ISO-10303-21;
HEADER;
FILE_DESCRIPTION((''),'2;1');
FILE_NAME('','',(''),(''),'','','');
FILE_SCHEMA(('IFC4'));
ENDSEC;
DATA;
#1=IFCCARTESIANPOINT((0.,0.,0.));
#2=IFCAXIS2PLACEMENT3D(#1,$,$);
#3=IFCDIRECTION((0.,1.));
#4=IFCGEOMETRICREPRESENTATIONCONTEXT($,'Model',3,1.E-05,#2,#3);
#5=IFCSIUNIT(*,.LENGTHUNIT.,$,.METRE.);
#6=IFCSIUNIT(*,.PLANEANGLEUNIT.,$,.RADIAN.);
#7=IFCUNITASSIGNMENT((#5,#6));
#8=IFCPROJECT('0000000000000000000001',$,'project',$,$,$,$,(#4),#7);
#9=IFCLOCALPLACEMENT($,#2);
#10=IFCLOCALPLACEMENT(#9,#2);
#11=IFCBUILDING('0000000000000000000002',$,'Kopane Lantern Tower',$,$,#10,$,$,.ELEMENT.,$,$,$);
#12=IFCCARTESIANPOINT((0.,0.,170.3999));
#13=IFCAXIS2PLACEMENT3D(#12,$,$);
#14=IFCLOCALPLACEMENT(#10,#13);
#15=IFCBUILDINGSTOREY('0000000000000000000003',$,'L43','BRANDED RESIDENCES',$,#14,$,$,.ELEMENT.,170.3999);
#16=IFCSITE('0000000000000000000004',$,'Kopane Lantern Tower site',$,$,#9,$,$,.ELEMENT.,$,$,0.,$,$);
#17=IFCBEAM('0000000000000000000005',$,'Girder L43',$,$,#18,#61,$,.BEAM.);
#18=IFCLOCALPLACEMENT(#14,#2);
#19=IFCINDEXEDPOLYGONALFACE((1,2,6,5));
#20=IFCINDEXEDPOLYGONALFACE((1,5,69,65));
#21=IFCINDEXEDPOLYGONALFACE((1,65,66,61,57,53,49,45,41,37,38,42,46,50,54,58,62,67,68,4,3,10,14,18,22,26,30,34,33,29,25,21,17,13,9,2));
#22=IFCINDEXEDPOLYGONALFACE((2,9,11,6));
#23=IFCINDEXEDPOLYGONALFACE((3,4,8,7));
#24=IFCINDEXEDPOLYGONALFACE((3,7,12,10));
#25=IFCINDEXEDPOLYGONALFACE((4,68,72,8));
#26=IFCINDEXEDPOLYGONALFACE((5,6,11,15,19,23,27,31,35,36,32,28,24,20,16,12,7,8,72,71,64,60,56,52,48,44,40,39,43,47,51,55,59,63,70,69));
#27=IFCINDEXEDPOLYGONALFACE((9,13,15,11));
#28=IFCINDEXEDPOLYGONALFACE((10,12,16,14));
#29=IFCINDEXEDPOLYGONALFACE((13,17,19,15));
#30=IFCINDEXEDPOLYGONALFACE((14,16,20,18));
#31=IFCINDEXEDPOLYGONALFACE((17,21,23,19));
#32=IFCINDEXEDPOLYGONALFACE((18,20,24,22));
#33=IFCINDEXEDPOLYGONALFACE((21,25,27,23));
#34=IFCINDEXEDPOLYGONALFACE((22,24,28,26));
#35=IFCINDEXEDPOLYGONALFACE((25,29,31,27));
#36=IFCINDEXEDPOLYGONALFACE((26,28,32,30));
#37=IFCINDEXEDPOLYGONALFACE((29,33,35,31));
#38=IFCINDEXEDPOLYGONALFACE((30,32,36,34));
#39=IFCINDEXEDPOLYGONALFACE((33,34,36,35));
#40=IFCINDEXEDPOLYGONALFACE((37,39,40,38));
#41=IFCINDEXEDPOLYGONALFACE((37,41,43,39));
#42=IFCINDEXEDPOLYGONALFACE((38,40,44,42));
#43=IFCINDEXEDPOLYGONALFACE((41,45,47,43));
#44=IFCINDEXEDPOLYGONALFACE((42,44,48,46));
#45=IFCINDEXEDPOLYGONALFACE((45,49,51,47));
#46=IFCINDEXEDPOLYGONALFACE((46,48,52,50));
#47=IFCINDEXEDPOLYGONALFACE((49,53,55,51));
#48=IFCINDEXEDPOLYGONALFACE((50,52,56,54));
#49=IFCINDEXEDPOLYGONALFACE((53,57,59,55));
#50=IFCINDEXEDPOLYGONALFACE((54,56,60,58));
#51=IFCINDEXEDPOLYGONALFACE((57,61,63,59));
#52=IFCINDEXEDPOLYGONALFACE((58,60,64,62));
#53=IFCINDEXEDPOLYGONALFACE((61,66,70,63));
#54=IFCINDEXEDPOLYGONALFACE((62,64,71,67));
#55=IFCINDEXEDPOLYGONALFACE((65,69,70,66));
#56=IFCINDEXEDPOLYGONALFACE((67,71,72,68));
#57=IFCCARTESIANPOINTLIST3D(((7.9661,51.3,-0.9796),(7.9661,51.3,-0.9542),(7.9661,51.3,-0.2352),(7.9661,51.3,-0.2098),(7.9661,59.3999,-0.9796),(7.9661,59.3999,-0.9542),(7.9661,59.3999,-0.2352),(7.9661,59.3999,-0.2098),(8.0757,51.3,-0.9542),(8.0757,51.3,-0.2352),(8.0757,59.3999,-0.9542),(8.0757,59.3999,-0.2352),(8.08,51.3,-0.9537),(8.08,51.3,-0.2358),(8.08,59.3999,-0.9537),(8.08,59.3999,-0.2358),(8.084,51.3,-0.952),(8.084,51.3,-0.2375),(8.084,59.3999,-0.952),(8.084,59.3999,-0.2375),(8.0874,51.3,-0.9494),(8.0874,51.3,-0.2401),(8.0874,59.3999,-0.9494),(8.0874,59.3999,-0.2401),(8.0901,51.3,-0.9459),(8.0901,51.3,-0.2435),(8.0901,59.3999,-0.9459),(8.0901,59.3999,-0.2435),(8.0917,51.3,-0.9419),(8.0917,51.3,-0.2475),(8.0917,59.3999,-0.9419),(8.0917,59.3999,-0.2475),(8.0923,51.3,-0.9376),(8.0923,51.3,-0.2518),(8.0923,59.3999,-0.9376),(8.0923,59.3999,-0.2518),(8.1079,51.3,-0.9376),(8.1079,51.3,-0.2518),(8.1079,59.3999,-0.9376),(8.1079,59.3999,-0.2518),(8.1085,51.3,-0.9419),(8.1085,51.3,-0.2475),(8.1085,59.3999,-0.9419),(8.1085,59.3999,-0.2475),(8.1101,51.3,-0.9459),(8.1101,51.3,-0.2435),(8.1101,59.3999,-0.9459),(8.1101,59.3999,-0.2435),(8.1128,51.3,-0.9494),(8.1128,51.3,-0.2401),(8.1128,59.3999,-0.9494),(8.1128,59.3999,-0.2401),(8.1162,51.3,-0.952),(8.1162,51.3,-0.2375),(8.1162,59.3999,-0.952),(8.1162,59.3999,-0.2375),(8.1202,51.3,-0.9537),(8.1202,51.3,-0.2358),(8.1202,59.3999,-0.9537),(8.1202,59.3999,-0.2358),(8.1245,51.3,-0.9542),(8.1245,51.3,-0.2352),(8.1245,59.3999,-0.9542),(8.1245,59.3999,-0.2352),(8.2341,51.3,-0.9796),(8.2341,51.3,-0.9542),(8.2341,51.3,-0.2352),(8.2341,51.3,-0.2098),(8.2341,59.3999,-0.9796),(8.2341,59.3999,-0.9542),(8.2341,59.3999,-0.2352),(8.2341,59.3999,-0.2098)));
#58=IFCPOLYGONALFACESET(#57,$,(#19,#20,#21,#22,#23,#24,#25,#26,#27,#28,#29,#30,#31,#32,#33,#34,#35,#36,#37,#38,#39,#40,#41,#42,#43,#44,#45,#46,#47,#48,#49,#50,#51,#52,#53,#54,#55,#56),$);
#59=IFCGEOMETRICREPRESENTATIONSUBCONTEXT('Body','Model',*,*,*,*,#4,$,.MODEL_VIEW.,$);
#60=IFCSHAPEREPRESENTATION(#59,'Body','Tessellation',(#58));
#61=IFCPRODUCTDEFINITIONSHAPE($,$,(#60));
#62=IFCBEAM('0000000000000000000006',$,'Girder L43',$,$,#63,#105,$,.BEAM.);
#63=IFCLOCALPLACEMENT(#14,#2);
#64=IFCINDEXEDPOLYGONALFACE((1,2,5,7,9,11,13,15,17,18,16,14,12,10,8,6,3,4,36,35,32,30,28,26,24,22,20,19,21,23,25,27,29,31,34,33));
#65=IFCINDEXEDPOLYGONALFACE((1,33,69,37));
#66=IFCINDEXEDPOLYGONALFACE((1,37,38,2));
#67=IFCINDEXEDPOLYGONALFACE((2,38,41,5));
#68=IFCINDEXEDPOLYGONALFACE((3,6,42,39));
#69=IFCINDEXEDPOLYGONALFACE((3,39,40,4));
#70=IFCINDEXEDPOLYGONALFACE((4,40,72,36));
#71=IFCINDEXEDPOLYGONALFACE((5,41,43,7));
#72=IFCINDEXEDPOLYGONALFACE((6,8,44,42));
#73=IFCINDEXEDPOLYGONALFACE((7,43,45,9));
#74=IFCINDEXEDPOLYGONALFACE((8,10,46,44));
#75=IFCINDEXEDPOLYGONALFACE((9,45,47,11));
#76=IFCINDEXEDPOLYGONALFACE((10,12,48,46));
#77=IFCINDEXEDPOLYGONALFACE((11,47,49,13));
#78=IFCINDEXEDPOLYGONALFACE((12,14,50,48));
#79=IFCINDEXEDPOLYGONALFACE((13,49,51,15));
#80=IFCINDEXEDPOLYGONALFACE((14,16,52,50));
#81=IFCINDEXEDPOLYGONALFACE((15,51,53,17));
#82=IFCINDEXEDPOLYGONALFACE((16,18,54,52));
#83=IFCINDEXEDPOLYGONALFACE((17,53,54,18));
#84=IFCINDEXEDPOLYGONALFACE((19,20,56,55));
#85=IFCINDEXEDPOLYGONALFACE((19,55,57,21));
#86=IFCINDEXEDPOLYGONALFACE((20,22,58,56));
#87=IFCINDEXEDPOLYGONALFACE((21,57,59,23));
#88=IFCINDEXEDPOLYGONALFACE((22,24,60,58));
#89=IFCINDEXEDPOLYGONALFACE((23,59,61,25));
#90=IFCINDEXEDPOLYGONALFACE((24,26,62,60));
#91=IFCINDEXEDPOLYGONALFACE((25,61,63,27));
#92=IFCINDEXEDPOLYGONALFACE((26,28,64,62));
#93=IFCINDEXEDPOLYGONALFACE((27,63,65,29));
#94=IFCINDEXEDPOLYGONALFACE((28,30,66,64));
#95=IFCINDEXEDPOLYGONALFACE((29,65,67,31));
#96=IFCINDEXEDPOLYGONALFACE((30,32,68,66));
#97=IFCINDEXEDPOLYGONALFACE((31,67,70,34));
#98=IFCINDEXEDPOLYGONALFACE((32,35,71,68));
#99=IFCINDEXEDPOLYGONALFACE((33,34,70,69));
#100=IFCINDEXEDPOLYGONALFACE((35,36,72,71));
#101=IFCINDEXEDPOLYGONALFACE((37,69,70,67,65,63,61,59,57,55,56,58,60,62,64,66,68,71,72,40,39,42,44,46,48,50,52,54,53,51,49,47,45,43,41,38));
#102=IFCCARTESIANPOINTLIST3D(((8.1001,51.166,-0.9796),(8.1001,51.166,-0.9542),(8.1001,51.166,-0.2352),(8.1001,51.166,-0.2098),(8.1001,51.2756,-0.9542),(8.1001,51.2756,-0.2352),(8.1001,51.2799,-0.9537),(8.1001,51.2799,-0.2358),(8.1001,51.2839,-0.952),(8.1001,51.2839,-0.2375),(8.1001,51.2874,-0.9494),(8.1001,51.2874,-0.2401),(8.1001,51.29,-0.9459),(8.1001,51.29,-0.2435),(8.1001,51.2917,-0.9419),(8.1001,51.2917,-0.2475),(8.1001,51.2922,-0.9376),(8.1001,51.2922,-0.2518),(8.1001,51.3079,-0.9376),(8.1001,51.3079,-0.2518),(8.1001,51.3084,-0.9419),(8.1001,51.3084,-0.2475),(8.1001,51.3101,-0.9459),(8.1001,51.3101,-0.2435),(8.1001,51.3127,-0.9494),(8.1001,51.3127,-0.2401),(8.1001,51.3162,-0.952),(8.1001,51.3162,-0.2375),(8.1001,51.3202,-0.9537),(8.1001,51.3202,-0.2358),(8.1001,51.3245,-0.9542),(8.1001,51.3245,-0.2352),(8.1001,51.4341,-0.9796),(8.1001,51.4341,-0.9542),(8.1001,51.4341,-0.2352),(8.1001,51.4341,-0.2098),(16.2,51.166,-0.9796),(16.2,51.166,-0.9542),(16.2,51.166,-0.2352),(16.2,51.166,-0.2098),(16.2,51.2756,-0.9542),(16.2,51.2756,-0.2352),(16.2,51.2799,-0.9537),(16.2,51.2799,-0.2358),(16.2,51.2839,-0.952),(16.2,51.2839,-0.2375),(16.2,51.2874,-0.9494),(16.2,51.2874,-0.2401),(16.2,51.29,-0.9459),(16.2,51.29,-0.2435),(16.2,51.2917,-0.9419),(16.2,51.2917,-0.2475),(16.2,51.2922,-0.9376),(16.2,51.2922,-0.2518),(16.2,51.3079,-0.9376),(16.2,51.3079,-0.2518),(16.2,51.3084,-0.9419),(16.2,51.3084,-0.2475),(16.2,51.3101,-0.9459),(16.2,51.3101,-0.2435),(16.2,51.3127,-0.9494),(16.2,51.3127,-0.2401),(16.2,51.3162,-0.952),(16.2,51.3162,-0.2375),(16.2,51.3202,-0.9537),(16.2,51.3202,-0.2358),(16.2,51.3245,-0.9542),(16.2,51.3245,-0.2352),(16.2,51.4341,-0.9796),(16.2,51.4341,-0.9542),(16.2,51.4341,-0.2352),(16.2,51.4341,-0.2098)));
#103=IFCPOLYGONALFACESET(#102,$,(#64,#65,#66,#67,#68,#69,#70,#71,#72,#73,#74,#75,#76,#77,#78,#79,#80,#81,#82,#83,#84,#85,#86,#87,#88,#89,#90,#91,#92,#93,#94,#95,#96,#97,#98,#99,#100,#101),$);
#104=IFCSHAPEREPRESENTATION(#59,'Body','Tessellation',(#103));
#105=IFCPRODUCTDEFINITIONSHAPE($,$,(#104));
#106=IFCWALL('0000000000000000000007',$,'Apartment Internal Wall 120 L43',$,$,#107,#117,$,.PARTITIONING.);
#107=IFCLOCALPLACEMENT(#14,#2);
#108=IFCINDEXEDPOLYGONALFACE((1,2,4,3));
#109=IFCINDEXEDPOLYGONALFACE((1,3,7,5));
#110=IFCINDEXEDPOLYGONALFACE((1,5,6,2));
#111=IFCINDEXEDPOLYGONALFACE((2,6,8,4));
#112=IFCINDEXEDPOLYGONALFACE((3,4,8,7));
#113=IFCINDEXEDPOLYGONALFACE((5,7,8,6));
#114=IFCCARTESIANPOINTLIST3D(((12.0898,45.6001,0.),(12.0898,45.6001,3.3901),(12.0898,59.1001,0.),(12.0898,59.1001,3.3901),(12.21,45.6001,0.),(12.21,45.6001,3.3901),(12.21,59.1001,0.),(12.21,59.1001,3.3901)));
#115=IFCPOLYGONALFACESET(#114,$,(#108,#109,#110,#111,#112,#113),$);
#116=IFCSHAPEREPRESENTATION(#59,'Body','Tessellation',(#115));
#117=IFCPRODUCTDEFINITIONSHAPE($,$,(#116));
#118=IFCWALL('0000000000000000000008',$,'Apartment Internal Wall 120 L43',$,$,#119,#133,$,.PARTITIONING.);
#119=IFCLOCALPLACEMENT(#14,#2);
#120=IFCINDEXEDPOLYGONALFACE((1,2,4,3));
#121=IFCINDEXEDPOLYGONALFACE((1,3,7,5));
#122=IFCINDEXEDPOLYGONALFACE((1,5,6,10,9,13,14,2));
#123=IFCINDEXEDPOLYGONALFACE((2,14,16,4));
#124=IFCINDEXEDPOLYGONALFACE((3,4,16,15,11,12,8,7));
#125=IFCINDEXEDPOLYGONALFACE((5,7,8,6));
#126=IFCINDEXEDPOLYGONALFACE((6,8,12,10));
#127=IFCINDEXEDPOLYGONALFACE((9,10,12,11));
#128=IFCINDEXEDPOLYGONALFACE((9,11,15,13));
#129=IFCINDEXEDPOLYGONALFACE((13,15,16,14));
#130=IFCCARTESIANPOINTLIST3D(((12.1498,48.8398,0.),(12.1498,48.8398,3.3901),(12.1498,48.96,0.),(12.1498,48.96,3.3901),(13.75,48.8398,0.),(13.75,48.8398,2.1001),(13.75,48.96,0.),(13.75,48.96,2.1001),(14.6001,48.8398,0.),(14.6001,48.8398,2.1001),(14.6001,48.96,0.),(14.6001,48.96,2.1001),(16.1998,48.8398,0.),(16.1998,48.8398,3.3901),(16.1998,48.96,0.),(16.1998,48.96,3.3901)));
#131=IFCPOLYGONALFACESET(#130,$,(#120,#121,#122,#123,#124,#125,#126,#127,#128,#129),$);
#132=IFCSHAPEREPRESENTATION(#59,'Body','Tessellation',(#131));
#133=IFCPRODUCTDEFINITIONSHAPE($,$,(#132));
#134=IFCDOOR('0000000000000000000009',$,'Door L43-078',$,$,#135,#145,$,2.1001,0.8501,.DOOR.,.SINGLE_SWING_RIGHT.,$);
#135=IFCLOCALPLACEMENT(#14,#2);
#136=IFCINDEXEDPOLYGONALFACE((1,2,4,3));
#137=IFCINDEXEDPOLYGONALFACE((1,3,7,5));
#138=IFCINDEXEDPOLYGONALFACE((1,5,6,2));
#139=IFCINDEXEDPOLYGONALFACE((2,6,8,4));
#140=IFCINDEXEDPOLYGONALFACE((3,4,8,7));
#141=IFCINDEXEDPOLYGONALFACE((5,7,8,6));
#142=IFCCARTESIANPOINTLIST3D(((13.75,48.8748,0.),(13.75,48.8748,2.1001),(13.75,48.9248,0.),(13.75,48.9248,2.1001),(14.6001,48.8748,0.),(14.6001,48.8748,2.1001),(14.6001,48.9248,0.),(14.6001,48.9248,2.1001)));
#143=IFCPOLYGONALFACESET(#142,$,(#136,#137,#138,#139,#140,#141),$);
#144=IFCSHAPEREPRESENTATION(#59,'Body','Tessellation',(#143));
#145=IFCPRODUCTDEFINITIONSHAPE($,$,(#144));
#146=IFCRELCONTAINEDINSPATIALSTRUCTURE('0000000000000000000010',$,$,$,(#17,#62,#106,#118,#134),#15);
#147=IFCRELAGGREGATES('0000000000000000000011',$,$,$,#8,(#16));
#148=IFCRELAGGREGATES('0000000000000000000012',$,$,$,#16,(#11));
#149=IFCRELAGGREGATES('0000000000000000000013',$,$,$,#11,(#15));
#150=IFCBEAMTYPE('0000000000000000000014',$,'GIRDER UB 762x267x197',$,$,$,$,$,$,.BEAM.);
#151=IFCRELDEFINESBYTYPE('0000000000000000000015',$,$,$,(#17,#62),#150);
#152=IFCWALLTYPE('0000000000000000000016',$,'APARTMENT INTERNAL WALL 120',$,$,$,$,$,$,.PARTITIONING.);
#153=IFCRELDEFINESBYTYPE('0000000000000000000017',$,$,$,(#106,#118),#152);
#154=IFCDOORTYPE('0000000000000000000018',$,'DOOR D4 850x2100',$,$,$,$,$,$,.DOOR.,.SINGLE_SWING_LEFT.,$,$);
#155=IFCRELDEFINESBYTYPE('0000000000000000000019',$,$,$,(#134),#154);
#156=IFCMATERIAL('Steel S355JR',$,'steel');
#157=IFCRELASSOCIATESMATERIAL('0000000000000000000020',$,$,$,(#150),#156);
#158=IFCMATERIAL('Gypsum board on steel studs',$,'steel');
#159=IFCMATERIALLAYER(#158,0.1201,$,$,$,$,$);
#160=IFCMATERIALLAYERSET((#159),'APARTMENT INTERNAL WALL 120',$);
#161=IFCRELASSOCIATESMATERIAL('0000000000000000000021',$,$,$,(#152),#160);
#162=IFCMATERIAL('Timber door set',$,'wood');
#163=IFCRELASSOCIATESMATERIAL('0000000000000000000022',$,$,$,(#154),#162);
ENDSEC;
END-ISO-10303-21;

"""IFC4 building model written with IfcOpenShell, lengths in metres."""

from ifc_helpers import new_model, si_unit, direction, frame, frame_2d, origin, origin_2d, place, context, subcontext, project, spatial, rectangle, i_section, extrude, material, layer, layer_set, material_profile, profile_set, type_object, element, fill, save


model = new_model("IFC4")

# Units and contexts
model_context = context("Model", 3, precision=1e-05, world=origin(), true_north=direction((0.0, 1.0)))
body_context = subcontext(model_context, "Body", "Model", "MODEL_VIEW")
ifc_project = project(units=[si_unit("LENGTHUNIT", "METRE"), si_unit("PLANEANGLEUNIT", "RADIAN")], contexts=[model_context])

# Site, building, storey
site_placement = place(None, origin())
site = spatial("IfcSite", under=ifc_project, at=site_placement, Name="Kopane Lantern Tower site", CompositionType="ELEMENT", RefElevation=0.0)
building_placement = place(site_placement, origin())
building = spatial("IfcBuilding", under=site, at=building_placement, Name="Kopane Lantern Tower", CompositionType="ELEMENT")
storey_placement = place(building_placement, frame((0.0, 0.0, 170.3999)))
storey = spatial("IfcBuildingStorey", under=building, at=storey_placement, Name="L43", Description="BRANDED RESIDENCES", CompositionType="ELEMENT", Elevation=170.3999)

# Beams
ifc_material_1 = material(Name="Steel S355JR", Category="steel")
ifc_material_profile = material_profile(ifc_material_1, i_section(OverallWidth=0.2681, OverallDepth=0.7698, WebThickness=0.0156, FlangeThickness=0.0254, FilletRadius=0.0166, at=origin_2d()), Name="UB 762x267x197")
ifc_profile_set = profile_set([ifc_material_profile], Name="Steel S355JR")
beam_type = type_object("IfcBeamType", Name="GIRDER UB 762x267x197", PredefinedType="BEAM", material=ifc_profile_set)
for number, where, z_axis, x_axis, name in (
    (1, (8.1001, 51.3, -0.5947), (0.0, 1.0, 0.0), (-1.0, 0.0, 0.0), "Girder L43"),
    (2, (8.1001, 51.3, -0.5947), (1.0, 0.0, 0.0), (0.0, 1.0, 0.0), "Girder L43"),
):
    element("IfcBeam", number, at=place(storey_placement, frame(where, z_axis=z_axis, x_axis=x_axis)), inside=storey, type_object=beam_type, Name=name, PredefinedType="BEAM", context=body_context, shape_type="SweptSolid", body=[
        extrude(i_section(OverallWidth=0.2681, OverallDepth=0.7698, WebThickness=0.0156, FlangeThickness=0.0254, FilletRadius=0.0166, at=origin_2d()), origin(), (0.0, 0.0, 1.0), 8.0999),
    ])

# Shared definitions
ifc_material_2 = material(Name="Gypsum board on steel studs", Category="steel")
ifc_layer_1 = layer(ifc_material_2, 0.1201)
ifc_layer_set_1 = layer_set([ifc_layer_1], Name="APARTMENT INTERNAL WALL 120")
wall_type_1 = type_object("IfcWallType", Name="APARTMENT INTERNAL WALL 120", PredefinedType="PARTITIONING", material=ifc_layer_set_1)
ifc_material_3 = material(Name="Timber door set", Category="wood")
door_type_1 = type_object("IfcDoorType", Name="DOOR D4 850x2100", OperationType="SINGLE_SWING_LEFT", PredefinedType="DOOR", material=ifc_material_3)

# Wall
wall_1_placement = place(storey_placement, frame((12.1499, 45.6001, 0.0), z_axis=(0.0, 0.0, 1.0), x_axis=(0.0, 1.0, 0.0)))
element("IfcWall", 3, at=wall_1_placement, inside=storey, type_object=wall_type_1, Name="Apartment Internal Wall 120 L43", PredefinedType="PARTITIONING", context=body_context, shape_type="SweptSolid", body=[
    extrude(rectangle(XDim=13.5, YDim=0.1201, at=frame_2d((6.75, 0.0))), origin(), (0.0, 0.0, 1.0), 3.3901),
])

# Wall, opening, door
wall_2_placement = place(storey_placement, frame((12.1499, 48.8999, 0.0), z_axis=(0.0, 0.0, 1.0), x_axis=(1.0, 0.0, 0.0)))
wall_2 = element("IfcWall", 4, at=wall_2_placement, inside=storey, type_object=wall_type_1, Name="Apartment Internal Wall 120 L43", PredefinedType="PARTITIONING", context=body_context, shape_type="SweptSolid", body=[
    extrude(rectangle(XDim=4.05, YDim=0.1201, at=frame_2d((2.0249, 0.0))), origin(), (0.0, 0.0, 1.0), 3.3901),
])
opening_1_placement = place(wall_2_placement, frame((1.6001, 0.0, 0.0)))
opening_1 = element("IfcOpeningElement", 5, at=opening_1_placement, cuts=wall_2, PredefinedType="OPENING", context=body_context, shape_type="SweptSolid", body=[
    extrude(rectangle(XDim=0.8501, YDim=2.1001, at=frame_2d((0.425, 1.05))), frame((0.0, 0.0701, 0.0), z_axis=(0.0, -1.0, 0.0), x_axis=(1.0, 0.0, 0.0)), (0.0, 0.0, 1.0), 0.1401),
])
door_1_placement = place(opening_1_placement, origin())
door_1 = element("IfcDoor", 6, at=door_1_placement, inside=storey, type_object=door_type_1, Name="Door L43-078", OperationType="SINGLE_SWING_RIGHT", OverallHeight=2.1001, OverallWidth=0.8501, PredefinedType="DOOR", context=body_context, shape_type="SweptSolid", body=[
    extrude(rectangle(XDim=0.8501, YDim=2.1001, at=frame_2d((0.425, 1.05))), frame((0.0, 0.0249, 0.0), z_axis=(0.0, -1.0, 0.0), x_axis=(1.0, 0.0, 0.0)), (0.0, 0.0, 1.0), 0.05),
])
fill(opening_1, door_1)

save(model, "model.ifc")
